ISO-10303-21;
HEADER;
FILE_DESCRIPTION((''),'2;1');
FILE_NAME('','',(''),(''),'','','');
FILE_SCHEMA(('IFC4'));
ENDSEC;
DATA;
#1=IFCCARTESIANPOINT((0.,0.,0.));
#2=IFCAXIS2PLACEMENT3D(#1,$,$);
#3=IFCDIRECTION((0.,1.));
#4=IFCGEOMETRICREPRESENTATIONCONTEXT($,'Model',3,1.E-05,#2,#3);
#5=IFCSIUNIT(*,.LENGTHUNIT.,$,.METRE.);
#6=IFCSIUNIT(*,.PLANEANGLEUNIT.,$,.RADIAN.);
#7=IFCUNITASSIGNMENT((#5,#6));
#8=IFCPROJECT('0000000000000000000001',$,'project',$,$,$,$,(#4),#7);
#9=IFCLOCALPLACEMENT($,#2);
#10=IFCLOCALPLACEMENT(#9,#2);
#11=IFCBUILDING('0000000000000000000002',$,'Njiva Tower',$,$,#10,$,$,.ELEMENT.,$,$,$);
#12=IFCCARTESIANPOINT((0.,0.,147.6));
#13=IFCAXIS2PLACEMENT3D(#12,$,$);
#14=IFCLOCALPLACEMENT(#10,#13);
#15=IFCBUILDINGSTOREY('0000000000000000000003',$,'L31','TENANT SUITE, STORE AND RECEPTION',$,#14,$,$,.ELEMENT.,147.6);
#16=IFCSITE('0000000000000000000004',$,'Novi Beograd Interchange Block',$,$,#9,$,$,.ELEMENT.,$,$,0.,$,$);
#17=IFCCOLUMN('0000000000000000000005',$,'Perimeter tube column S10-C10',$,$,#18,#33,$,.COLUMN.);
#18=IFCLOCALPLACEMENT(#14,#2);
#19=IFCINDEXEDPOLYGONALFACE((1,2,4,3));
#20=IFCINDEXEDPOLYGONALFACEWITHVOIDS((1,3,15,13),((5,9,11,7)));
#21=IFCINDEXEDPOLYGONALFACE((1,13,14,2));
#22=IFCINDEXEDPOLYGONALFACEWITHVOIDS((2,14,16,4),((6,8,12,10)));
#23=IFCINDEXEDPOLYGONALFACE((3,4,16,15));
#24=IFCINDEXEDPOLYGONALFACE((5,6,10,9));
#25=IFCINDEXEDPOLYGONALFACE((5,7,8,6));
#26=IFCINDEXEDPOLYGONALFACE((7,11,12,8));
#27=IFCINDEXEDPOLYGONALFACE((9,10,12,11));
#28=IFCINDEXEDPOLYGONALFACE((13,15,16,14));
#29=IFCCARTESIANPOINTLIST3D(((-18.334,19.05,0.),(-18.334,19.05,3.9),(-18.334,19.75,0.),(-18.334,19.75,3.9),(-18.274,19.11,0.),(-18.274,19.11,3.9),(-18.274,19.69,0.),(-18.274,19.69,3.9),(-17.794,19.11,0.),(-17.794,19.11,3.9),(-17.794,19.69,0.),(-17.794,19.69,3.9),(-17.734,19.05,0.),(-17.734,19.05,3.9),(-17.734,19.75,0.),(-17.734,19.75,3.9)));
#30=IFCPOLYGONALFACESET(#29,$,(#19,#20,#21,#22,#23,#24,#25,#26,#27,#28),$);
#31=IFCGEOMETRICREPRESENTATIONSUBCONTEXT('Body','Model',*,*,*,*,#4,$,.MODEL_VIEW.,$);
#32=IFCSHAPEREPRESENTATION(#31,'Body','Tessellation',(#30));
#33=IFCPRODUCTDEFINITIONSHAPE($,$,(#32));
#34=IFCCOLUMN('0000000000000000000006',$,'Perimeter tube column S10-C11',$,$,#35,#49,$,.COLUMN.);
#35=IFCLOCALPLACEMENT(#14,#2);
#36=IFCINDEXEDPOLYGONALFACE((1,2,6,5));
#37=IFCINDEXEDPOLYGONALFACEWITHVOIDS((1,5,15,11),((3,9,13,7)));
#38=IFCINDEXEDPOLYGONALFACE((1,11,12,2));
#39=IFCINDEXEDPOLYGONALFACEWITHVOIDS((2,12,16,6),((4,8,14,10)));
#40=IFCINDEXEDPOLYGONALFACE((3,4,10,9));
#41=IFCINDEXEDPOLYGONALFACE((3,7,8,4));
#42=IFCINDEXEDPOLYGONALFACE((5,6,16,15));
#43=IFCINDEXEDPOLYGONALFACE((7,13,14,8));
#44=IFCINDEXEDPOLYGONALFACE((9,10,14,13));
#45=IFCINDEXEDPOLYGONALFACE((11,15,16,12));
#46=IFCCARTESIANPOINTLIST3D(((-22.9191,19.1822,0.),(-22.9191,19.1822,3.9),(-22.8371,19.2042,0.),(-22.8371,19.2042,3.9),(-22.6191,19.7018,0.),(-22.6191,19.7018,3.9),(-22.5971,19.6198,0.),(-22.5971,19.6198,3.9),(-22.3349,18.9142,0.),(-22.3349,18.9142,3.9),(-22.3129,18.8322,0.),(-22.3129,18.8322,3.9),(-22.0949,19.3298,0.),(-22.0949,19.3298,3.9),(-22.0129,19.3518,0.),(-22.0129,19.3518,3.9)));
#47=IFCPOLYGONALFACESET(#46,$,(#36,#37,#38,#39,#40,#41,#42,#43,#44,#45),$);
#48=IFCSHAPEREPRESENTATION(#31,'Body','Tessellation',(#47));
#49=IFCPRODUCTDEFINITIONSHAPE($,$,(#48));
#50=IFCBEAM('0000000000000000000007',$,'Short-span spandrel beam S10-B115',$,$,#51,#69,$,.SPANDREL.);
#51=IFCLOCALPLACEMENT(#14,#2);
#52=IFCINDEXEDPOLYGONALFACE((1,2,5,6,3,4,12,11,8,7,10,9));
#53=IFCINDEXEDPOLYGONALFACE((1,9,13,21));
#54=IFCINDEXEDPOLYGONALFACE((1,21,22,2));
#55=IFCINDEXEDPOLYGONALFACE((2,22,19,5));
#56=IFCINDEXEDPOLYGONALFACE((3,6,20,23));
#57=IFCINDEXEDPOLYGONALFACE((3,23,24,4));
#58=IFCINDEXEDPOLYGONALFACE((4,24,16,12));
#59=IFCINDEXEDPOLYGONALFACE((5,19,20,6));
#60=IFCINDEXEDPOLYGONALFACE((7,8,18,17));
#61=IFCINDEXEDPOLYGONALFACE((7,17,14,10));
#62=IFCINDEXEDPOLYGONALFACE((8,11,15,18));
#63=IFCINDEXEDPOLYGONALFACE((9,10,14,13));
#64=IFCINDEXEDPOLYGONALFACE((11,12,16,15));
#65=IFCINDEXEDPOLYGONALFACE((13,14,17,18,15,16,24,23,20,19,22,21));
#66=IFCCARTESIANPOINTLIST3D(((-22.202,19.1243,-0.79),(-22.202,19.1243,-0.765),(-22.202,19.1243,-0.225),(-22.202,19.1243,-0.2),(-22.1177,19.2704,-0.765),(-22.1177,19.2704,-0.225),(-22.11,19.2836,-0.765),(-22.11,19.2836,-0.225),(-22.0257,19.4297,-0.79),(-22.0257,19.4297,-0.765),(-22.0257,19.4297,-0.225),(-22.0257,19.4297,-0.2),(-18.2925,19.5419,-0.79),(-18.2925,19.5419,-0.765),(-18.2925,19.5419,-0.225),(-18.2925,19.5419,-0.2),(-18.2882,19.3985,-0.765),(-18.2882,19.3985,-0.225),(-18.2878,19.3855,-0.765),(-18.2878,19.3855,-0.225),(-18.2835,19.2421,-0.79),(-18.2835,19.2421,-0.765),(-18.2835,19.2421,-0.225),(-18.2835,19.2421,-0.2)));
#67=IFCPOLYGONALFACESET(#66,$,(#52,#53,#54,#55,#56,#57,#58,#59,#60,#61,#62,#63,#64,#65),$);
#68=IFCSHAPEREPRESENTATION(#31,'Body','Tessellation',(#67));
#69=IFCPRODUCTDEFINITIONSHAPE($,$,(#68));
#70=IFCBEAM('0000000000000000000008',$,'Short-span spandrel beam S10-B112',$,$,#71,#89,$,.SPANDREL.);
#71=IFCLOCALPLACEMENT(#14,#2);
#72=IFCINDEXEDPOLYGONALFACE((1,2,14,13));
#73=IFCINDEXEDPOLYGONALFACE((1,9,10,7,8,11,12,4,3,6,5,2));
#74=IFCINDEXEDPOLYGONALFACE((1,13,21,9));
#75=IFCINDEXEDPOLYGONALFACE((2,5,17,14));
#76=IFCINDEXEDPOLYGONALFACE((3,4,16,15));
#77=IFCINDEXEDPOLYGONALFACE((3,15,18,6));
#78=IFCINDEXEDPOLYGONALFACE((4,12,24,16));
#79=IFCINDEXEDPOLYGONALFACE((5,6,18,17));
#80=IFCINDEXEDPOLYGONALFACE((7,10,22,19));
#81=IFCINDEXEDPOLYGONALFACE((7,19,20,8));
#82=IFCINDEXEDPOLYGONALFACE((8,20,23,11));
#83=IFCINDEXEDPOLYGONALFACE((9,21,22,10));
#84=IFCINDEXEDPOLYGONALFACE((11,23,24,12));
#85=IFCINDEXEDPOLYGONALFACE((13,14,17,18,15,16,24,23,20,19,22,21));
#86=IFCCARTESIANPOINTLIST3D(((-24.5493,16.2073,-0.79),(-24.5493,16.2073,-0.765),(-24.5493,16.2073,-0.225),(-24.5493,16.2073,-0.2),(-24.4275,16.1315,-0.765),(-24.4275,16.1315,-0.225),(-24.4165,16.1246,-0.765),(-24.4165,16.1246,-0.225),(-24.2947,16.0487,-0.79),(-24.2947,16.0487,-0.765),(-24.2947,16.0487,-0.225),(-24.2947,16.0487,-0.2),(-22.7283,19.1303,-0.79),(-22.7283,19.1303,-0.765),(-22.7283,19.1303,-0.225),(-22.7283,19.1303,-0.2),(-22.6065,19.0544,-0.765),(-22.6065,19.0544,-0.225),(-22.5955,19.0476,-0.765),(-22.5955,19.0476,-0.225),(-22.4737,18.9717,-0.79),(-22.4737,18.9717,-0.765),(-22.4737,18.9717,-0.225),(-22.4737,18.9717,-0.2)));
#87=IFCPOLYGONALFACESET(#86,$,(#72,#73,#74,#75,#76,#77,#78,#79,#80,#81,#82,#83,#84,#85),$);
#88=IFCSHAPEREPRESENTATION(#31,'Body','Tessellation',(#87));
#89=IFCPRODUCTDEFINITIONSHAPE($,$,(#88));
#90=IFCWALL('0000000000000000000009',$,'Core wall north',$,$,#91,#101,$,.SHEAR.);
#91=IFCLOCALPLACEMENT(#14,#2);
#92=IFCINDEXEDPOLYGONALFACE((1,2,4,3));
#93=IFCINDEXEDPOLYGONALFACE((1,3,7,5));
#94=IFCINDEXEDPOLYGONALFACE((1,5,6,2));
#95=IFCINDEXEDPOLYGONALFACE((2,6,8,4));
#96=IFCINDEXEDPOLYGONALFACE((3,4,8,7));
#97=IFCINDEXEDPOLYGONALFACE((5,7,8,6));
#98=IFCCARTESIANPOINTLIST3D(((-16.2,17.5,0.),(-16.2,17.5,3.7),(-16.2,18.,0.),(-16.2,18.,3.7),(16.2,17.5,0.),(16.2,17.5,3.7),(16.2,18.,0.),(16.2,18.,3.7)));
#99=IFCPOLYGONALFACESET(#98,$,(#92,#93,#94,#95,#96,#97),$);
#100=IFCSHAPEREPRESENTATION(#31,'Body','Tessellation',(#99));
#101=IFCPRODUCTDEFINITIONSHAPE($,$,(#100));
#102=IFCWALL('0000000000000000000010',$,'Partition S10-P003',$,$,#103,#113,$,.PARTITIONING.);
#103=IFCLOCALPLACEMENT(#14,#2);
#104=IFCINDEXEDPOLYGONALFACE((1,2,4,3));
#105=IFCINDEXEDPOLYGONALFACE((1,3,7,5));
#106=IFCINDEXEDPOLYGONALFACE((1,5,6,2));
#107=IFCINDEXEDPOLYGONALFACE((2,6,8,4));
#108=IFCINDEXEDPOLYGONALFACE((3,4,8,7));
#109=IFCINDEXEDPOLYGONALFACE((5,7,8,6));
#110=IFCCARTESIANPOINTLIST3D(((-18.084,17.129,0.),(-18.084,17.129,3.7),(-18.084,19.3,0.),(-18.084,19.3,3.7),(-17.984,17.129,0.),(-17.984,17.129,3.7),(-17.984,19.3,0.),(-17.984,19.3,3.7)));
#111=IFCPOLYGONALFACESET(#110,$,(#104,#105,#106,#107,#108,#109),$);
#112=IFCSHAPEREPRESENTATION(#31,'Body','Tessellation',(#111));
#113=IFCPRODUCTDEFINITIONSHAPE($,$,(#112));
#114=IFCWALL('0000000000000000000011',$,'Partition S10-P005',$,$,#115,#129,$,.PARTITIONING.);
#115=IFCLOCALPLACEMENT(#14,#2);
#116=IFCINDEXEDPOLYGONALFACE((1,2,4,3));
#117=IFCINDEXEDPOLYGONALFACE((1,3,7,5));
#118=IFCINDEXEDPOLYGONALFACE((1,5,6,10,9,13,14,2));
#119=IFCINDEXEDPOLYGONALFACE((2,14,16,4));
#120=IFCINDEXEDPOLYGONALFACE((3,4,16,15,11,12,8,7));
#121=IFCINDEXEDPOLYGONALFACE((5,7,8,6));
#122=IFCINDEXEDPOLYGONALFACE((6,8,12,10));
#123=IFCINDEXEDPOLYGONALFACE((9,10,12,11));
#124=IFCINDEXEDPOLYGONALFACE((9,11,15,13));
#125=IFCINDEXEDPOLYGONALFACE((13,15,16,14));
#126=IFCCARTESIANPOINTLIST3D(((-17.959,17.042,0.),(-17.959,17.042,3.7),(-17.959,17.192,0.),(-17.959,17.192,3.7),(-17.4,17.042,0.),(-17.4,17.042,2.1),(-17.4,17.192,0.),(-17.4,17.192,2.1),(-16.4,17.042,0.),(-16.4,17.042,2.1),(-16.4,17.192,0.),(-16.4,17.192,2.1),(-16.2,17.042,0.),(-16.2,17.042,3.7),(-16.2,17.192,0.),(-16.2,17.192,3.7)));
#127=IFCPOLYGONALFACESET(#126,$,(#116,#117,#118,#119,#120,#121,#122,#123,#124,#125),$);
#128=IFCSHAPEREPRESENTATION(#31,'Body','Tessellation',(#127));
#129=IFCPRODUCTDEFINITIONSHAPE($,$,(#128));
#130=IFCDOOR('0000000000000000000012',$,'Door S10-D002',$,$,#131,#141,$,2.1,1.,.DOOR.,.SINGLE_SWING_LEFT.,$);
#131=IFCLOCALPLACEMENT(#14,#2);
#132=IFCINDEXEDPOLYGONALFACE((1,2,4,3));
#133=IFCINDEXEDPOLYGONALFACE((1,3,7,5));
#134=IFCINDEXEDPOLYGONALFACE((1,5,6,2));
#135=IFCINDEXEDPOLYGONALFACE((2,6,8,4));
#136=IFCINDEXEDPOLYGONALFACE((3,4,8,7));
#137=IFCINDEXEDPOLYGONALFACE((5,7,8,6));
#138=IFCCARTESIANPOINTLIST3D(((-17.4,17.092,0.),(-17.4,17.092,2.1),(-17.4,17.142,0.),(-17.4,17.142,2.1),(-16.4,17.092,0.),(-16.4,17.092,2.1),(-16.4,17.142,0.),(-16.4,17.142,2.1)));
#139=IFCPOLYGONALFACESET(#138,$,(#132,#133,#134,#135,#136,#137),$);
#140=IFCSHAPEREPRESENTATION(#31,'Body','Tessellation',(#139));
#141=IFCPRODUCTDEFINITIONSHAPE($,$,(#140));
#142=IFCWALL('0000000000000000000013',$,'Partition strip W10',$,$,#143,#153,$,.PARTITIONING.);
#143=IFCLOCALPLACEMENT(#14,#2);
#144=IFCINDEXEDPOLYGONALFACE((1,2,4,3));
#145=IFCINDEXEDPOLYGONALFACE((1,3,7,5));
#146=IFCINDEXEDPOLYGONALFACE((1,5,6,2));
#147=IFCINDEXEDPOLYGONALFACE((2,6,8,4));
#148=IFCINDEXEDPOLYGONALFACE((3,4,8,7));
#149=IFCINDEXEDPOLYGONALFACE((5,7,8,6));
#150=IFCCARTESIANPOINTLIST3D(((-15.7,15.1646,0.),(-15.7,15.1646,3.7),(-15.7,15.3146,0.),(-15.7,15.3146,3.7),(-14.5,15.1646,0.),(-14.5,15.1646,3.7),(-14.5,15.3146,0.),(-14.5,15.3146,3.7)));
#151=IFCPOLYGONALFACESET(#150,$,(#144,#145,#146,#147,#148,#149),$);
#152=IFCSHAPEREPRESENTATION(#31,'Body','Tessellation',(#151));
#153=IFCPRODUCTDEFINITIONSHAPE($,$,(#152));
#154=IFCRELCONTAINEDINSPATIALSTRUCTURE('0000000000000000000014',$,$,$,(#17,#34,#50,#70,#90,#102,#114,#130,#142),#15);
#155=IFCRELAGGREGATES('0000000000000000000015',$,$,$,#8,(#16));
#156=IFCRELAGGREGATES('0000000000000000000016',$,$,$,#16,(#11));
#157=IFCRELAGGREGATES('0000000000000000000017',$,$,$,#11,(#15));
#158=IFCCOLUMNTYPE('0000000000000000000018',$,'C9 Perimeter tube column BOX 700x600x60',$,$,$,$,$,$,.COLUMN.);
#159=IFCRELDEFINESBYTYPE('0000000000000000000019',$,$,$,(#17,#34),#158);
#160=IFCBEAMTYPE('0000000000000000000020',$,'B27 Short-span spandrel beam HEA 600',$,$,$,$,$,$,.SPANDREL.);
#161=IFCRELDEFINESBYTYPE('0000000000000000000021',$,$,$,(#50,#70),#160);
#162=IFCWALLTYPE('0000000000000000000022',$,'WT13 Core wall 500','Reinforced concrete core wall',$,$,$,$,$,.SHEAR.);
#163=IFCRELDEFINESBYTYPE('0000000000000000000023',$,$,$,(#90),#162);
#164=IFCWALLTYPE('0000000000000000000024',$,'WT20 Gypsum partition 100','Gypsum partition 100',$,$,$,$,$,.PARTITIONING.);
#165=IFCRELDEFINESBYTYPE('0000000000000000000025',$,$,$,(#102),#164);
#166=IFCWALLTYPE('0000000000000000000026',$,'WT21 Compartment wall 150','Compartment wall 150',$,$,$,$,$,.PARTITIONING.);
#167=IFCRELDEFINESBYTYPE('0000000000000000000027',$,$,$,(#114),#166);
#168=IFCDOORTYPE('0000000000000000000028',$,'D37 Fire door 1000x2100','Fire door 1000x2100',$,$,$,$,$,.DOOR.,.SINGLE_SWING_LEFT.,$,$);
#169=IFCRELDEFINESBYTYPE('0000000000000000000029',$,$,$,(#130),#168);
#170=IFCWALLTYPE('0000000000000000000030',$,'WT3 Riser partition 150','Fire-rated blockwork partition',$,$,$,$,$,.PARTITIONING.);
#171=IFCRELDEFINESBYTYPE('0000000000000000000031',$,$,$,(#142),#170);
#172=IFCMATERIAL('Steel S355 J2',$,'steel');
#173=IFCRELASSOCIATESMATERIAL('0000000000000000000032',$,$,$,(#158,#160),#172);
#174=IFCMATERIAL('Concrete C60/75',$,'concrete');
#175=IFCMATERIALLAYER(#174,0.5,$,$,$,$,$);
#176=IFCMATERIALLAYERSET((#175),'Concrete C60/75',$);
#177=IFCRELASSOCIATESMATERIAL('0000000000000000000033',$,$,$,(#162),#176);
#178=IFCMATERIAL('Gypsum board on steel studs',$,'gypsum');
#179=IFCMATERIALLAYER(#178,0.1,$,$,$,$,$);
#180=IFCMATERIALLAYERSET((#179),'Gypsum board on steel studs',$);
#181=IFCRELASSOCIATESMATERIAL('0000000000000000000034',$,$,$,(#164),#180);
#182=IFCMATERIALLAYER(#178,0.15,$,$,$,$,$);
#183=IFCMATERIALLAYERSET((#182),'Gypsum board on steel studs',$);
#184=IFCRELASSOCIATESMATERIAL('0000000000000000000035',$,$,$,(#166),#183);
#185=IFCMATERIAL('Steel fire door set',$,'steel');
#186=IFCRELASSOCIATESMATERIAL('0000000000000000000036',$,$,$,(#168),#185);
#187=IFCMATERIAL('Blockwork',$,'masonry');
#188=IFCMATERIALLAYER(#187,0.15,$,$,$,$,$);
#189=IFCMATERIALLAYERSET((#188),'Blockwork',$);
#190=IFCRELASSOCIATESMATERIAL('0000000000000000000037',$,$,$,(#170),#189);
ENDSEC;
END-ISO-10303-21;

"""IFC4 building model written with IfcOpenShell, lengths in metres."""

from ifc_helpers import new_model, si_unit, direction, frame, frame_2d, origin, origin_2d, place, context, subcontext, project, spatial, rectangle, hollow_rectangle, i_section, extrude, clip, halfspace, material, layer, layer_set, material_profile, profile_set, type_object, element, fill, save


model = new_model("IFC4")

# Units and contexts
model_context = context("Model", 3, precision=1e-05, world=origin(), true_north=direction((0.0, 1.0)))
body_context = subcontext(model_context, "Body", "Model", "MODEL_VIEW")
ifc_project = project(units=[si_unit("LENGTHUNIT", "METRE"), si_unit("PLANEANGLEUNIT", "RADIAN")], contexts=[model_context])

# Site, building, storey
site_placement = place(None, origin())
site = spatial("IfcSite", under=ifc_project, at=site_placement, Name="Novi Beograd Interchange Block", CompositionType="ELEMENT", RefElevation=0.0)
building_placement = place(site_placement, origin())
building = spatial("IfcBuilding", under=site, at=building_placement, Name="Njiva Tower", CompositionType="ELEMENT")
storey_placement = place(building_placement, frame((0.0, 0.0, 147.6)))
storey = spatial("IfcBuildingStorey", under=building, at=storey_placement, Name="L31", Description="TENANT SUITE, STORE AND RECEPTION", CompositionType="ELEMENT", Elevation=147.6)

# Columns
ifc_material_1 = material(Name="Steel S355 J2", Category="steel")
ifc_material_profile_1 = material_profile(ifc_material_1, hollow_rectangle(XDim=0.6, YDim=0.7, WallThickness=0.06, at=origin_2d()), Name="BOX 700x600x60")
ifc_profile_set_1 = profile_set([ifc_material_profile_1], Name="Steel S355 J2")
column_type = type_object("IfcColumnType", Name="C9 Perimeter tube column BOX 700x600x60", PredefinedType="COLUMN", material=ifc_profile_set_1)
for number, where, z_axis, x_axis, name in (
    (1, (-18.034, 19.4, 0.0), (0.0, 0.0, 1.0), (-1.0, 0.0, 0.0), "Perimeter tube column S10-C10"),
    (2, (-22.466, 19.267, 0.0), (0.0, 0.0, 1.0), (-0.5, -0.866025, 0.0), "Perimeter tube column S10-C11"),
):
    element("IfcColumn", number, at=place(storey_placement, frame(where, z_axis=z_axis, x_axis=x_axis)), inside=storey, type_object=column_type, Name=name, PredefinedType="COLUMN", context=body_context, shape_type="SweptSolid", body=[
        extrude(hollow_rectangle(XDim=0.6, YDim=0.7, WallThickness=0.06, at=origin_2d()), origin(), (0.0, 0.0, 1.0), 3.9),
    ])

# Beams
ifc_material_profile_2 = material_profile(ifc_material_1, i_section(OverallWidth=0.3, OverallDepth=0.59, WebThickness=0.013, FlangeThickness=0.025, at=origin_2d()), Name="HEA 600")
ifc_profile_set_2 = profile_set([ifc_material_profile_2], Name="Steel S355 J2")
beam_type = type_object("IfcBeamType", Name="B27 Short-span spandrel beam HEA 600", PredefinedType="SPANDREL", material=ifc_profile_set_2)
beam_1_placement = place(storey_placement, frame((-18.288, 19.392, -0.495), z_axis=(-0.999549, -0.030044, 0.0), x_axis=(0.030044, -0.999549, 0.0)))
element("IfcBeam", 3, at=beam_1_placement, inside=storey, type_object=beam_type, Name="Short-span spandrel beam S10-B115", PredefinedType="SPANDREL", context=body_context, shape_type="Clipping", body=[
    clip(extrude(i_section(OverallWidth=0.3, OverallDepth=0.59, WebThickness=0.013, FlangeThickness=0.025, at=origin_2d()), origin(), (0.0, 0.0, 1.0), 3.9407), halfspace(frame((-0.0268, 0.0, 3.811), z_axis=(-0.525791, 0.0, 0.850614), x_axis=(0.0, 1.0, 0.0)), False)),
])
beam_2_placement = place(storey_placement, frame((-22.601, 19.051, -0.495), z_axis=(-0.528772, -0.848764, 0.0), x_axis=(0.848764, -0.528772, 0.0)))
element("IfcBeam", 4, at=beam_2_placement, inside=storey, type_object=beam_type, Name="Short-span spandrel beam S10-B112", PredefinedType="SPANDREL", context=body_context, shape_type="SweptSolid", body=[
    extrude(i_section(OverallWidth=0.3, OverallDepth=0.59, WebThickness=0.013, FlangeThickness=0.025, at=origin_2d()), origin(), (0.0, 0.0, 1.0), 3.4438),
])

# Walls
ifc_material_2 = material(Name="Concrete C60/75", Category="concrete")
ifc_layer_1 = layer(ifc_material_2, 0.5)
ifc_layer_set_1 = layer_set([ifc_layer_1], Name="Concrete C60/75")
wall_type_1 = type_object("IfcWallType", Name="WT13 Core wall 500", Description="Reinforced concrete core wall", PredefinedType="SHEAR", material=ifc_layer_set_1)
wall_1_placement = place(storey_placement, frame((-16.2, 17.75, 0.0), z_axis=(0.0, 0.0, 1.0), x_axis=(1.0, 0.0, 0.0)))
element("IfcWall", 5, at=wall_1_placement, inside=storey, type_object=wall_type_1, Name="Core wall north", PredefinedType="SHEAR", context=body_context, shape_type="SweptSolid", body=[
    extrude(rectangle(XDim=32.4, YDim=0.5, at=frame_2d((16.2, 0.0))), origin(), (0.0, 0.0, 1.0), 3.7),
])
ifc_material_3 = material(Name="Gypsum board on steel studs", Category="gypsum")
ifc_layer_2 = layer(ifc_material_3, 0.1)
ifc_layer_set_2 = layer_set([ifc_layer_2], Name="Gypsum board on steel studs")
wall_type_2 = type_object("IfcWallType", Name="WT20 Gypsum partition 100", Description="Gypsum partition 100", PredefinedType="PARTITIONING", material=ifc_layer_set_2)
wall_2_placement = place(storey_placement, frame((-18.034, 17.129, 0.0), z_axis=(0.0, 0.0, 1.0), x_axis=(0.0, 1.0, 0.0)))
element("IfcWall", 6, at=wall_2_placement, inside=storey, type_object=wall_type_2, Name="Partition S10-P003", PredefinedType="PARTITIONING", context=body_context, shape_type="SweptSolid", body=[
    extrude(rectangle(XDim=2.171, YDim=0.1, at=frame_2d((1.0855, 0.0))), origin(), (0.0, 0.0, 1.0), 3.7),
])

# Wall, opening, door
ifc_layer_3 = layer(ifc_material_3, 0.15)
ifc_layer_set_3 = layer_set([ifc_layer_3], Name="Gypsum board on steel studs")
wall_type_3 = type_object("IfcWallType", Name="WT21 Compartment wall 150", Description="Compartment wall 150", PredefinedType="PARTITIONING", material=ifc_layer_set_3)
wall_3_placement = place(storey_placement, frame((-17.959, 17.117, 0.0), z_axis=(0.0, 0.0, 1.0), x_axis=(1.0, 0.0, 0.0)))
wall_3 = element("IfcWall", 7, at=wall_3_placement, inside=storey, type_object=wall_type_3, Name="Partition S10-P005", PredefinedType="PARTITIONING", context=body_context, shape_type="SweptSolid", body=[
    extrude(rectangle(XDim=1.759, YDim=0.15, at=frame_2d((0.8795, 0.0))), origin(), (0.0, 0.0, 1.0), 3.7),
])
opening_placement = place(wall_3_placement, frame((0.559, 0.0, 0.0)))
opening = element("IfcOpeningElement", 8, at=opening_placement, cuts=wall_3, PredefinedType="OPENING", context=body_context, shape_type="SweptSolid", body=[
    extrude(rectangle(XDim=1.0, YDim=2.1, at=frame_2d((0.5, 1.05))), frame((0.0, 0.085, 0.0), z_axis=(0.0, -1.0, 0.0), x_axis=(1.0, 0.0, 0.0)), (0.0, 0.0, 1.0), 0.17),
])
ifc_material_4 = material(Name="Steel fire door set", Category="steel")
door_type = type_object("IfcDoorType", Name="D37 Fire door 1000x2100", Description="Fire door 1000x2100", OperationType="SINGLE_SWING_LEFT", PredefinedType="DOOR", material=ifc_material_4)
door_placement = place(opening_placement, origin())
door = element("IfcDoor", 9, at=door_placement, inside=storey, type_object=door_type, Name="Door S10-D002", OperationType="SINGLE_SWING_LEFT", OverallHeight=2.1, OverallWidth=1.0, PredefinedType="DOOR", context=body_context, shape_type="SweptSolid", body=[
    extrude(rectangle(XDim=1.0, YDim=2.1, at=frame_2d((0.5, 1.05))), frame((0.0, 0.025, 0.0), z_axis=(0.0, -1.0, 0.0), x_axis=(1.0, 0.0, 0.0)), (0.0, 0.0, 1.0), 0.05),
])
fill(opening, door)

# Wall
ifc_material_5 = material(Name="Blockwork", Category="masonry")
ifc_layer_4 = layer(ifc_material_5, 0.15)
ifc_layer_set_4 = layer_set([ifc_layer_4], Name="Blockwork")
wall_type_4 = type_object("IfcWallType", Name="WT3 Riser partition 150", Description="Fire-rated blockwork partition", PredefinedType="PARTITIONING", material=ifc_layer_set_4)
wall_4_placement = place(storey_placement, frame((-15.7, 15.2396, 0.0), z_axis=(0.0, 0.0, 1.0), x_axis=(1.0, 0.0, 0.0)))
element("IfcWall", 10, at=wall_4_placement, inside=storey, type_object=wall_type_4, Name="Partition strip W10", PredefinedType="PARTITIONING", context=body_context, shape_type="SweptSolid", body=[
    extrude(rectangle(XDim=1.2, YDim=0.15, at=frame_2d((0.6, 0.0))), origin(), (0.0, 0.0, 1.0), 3.7),
])

save(model, "model.ifc")
